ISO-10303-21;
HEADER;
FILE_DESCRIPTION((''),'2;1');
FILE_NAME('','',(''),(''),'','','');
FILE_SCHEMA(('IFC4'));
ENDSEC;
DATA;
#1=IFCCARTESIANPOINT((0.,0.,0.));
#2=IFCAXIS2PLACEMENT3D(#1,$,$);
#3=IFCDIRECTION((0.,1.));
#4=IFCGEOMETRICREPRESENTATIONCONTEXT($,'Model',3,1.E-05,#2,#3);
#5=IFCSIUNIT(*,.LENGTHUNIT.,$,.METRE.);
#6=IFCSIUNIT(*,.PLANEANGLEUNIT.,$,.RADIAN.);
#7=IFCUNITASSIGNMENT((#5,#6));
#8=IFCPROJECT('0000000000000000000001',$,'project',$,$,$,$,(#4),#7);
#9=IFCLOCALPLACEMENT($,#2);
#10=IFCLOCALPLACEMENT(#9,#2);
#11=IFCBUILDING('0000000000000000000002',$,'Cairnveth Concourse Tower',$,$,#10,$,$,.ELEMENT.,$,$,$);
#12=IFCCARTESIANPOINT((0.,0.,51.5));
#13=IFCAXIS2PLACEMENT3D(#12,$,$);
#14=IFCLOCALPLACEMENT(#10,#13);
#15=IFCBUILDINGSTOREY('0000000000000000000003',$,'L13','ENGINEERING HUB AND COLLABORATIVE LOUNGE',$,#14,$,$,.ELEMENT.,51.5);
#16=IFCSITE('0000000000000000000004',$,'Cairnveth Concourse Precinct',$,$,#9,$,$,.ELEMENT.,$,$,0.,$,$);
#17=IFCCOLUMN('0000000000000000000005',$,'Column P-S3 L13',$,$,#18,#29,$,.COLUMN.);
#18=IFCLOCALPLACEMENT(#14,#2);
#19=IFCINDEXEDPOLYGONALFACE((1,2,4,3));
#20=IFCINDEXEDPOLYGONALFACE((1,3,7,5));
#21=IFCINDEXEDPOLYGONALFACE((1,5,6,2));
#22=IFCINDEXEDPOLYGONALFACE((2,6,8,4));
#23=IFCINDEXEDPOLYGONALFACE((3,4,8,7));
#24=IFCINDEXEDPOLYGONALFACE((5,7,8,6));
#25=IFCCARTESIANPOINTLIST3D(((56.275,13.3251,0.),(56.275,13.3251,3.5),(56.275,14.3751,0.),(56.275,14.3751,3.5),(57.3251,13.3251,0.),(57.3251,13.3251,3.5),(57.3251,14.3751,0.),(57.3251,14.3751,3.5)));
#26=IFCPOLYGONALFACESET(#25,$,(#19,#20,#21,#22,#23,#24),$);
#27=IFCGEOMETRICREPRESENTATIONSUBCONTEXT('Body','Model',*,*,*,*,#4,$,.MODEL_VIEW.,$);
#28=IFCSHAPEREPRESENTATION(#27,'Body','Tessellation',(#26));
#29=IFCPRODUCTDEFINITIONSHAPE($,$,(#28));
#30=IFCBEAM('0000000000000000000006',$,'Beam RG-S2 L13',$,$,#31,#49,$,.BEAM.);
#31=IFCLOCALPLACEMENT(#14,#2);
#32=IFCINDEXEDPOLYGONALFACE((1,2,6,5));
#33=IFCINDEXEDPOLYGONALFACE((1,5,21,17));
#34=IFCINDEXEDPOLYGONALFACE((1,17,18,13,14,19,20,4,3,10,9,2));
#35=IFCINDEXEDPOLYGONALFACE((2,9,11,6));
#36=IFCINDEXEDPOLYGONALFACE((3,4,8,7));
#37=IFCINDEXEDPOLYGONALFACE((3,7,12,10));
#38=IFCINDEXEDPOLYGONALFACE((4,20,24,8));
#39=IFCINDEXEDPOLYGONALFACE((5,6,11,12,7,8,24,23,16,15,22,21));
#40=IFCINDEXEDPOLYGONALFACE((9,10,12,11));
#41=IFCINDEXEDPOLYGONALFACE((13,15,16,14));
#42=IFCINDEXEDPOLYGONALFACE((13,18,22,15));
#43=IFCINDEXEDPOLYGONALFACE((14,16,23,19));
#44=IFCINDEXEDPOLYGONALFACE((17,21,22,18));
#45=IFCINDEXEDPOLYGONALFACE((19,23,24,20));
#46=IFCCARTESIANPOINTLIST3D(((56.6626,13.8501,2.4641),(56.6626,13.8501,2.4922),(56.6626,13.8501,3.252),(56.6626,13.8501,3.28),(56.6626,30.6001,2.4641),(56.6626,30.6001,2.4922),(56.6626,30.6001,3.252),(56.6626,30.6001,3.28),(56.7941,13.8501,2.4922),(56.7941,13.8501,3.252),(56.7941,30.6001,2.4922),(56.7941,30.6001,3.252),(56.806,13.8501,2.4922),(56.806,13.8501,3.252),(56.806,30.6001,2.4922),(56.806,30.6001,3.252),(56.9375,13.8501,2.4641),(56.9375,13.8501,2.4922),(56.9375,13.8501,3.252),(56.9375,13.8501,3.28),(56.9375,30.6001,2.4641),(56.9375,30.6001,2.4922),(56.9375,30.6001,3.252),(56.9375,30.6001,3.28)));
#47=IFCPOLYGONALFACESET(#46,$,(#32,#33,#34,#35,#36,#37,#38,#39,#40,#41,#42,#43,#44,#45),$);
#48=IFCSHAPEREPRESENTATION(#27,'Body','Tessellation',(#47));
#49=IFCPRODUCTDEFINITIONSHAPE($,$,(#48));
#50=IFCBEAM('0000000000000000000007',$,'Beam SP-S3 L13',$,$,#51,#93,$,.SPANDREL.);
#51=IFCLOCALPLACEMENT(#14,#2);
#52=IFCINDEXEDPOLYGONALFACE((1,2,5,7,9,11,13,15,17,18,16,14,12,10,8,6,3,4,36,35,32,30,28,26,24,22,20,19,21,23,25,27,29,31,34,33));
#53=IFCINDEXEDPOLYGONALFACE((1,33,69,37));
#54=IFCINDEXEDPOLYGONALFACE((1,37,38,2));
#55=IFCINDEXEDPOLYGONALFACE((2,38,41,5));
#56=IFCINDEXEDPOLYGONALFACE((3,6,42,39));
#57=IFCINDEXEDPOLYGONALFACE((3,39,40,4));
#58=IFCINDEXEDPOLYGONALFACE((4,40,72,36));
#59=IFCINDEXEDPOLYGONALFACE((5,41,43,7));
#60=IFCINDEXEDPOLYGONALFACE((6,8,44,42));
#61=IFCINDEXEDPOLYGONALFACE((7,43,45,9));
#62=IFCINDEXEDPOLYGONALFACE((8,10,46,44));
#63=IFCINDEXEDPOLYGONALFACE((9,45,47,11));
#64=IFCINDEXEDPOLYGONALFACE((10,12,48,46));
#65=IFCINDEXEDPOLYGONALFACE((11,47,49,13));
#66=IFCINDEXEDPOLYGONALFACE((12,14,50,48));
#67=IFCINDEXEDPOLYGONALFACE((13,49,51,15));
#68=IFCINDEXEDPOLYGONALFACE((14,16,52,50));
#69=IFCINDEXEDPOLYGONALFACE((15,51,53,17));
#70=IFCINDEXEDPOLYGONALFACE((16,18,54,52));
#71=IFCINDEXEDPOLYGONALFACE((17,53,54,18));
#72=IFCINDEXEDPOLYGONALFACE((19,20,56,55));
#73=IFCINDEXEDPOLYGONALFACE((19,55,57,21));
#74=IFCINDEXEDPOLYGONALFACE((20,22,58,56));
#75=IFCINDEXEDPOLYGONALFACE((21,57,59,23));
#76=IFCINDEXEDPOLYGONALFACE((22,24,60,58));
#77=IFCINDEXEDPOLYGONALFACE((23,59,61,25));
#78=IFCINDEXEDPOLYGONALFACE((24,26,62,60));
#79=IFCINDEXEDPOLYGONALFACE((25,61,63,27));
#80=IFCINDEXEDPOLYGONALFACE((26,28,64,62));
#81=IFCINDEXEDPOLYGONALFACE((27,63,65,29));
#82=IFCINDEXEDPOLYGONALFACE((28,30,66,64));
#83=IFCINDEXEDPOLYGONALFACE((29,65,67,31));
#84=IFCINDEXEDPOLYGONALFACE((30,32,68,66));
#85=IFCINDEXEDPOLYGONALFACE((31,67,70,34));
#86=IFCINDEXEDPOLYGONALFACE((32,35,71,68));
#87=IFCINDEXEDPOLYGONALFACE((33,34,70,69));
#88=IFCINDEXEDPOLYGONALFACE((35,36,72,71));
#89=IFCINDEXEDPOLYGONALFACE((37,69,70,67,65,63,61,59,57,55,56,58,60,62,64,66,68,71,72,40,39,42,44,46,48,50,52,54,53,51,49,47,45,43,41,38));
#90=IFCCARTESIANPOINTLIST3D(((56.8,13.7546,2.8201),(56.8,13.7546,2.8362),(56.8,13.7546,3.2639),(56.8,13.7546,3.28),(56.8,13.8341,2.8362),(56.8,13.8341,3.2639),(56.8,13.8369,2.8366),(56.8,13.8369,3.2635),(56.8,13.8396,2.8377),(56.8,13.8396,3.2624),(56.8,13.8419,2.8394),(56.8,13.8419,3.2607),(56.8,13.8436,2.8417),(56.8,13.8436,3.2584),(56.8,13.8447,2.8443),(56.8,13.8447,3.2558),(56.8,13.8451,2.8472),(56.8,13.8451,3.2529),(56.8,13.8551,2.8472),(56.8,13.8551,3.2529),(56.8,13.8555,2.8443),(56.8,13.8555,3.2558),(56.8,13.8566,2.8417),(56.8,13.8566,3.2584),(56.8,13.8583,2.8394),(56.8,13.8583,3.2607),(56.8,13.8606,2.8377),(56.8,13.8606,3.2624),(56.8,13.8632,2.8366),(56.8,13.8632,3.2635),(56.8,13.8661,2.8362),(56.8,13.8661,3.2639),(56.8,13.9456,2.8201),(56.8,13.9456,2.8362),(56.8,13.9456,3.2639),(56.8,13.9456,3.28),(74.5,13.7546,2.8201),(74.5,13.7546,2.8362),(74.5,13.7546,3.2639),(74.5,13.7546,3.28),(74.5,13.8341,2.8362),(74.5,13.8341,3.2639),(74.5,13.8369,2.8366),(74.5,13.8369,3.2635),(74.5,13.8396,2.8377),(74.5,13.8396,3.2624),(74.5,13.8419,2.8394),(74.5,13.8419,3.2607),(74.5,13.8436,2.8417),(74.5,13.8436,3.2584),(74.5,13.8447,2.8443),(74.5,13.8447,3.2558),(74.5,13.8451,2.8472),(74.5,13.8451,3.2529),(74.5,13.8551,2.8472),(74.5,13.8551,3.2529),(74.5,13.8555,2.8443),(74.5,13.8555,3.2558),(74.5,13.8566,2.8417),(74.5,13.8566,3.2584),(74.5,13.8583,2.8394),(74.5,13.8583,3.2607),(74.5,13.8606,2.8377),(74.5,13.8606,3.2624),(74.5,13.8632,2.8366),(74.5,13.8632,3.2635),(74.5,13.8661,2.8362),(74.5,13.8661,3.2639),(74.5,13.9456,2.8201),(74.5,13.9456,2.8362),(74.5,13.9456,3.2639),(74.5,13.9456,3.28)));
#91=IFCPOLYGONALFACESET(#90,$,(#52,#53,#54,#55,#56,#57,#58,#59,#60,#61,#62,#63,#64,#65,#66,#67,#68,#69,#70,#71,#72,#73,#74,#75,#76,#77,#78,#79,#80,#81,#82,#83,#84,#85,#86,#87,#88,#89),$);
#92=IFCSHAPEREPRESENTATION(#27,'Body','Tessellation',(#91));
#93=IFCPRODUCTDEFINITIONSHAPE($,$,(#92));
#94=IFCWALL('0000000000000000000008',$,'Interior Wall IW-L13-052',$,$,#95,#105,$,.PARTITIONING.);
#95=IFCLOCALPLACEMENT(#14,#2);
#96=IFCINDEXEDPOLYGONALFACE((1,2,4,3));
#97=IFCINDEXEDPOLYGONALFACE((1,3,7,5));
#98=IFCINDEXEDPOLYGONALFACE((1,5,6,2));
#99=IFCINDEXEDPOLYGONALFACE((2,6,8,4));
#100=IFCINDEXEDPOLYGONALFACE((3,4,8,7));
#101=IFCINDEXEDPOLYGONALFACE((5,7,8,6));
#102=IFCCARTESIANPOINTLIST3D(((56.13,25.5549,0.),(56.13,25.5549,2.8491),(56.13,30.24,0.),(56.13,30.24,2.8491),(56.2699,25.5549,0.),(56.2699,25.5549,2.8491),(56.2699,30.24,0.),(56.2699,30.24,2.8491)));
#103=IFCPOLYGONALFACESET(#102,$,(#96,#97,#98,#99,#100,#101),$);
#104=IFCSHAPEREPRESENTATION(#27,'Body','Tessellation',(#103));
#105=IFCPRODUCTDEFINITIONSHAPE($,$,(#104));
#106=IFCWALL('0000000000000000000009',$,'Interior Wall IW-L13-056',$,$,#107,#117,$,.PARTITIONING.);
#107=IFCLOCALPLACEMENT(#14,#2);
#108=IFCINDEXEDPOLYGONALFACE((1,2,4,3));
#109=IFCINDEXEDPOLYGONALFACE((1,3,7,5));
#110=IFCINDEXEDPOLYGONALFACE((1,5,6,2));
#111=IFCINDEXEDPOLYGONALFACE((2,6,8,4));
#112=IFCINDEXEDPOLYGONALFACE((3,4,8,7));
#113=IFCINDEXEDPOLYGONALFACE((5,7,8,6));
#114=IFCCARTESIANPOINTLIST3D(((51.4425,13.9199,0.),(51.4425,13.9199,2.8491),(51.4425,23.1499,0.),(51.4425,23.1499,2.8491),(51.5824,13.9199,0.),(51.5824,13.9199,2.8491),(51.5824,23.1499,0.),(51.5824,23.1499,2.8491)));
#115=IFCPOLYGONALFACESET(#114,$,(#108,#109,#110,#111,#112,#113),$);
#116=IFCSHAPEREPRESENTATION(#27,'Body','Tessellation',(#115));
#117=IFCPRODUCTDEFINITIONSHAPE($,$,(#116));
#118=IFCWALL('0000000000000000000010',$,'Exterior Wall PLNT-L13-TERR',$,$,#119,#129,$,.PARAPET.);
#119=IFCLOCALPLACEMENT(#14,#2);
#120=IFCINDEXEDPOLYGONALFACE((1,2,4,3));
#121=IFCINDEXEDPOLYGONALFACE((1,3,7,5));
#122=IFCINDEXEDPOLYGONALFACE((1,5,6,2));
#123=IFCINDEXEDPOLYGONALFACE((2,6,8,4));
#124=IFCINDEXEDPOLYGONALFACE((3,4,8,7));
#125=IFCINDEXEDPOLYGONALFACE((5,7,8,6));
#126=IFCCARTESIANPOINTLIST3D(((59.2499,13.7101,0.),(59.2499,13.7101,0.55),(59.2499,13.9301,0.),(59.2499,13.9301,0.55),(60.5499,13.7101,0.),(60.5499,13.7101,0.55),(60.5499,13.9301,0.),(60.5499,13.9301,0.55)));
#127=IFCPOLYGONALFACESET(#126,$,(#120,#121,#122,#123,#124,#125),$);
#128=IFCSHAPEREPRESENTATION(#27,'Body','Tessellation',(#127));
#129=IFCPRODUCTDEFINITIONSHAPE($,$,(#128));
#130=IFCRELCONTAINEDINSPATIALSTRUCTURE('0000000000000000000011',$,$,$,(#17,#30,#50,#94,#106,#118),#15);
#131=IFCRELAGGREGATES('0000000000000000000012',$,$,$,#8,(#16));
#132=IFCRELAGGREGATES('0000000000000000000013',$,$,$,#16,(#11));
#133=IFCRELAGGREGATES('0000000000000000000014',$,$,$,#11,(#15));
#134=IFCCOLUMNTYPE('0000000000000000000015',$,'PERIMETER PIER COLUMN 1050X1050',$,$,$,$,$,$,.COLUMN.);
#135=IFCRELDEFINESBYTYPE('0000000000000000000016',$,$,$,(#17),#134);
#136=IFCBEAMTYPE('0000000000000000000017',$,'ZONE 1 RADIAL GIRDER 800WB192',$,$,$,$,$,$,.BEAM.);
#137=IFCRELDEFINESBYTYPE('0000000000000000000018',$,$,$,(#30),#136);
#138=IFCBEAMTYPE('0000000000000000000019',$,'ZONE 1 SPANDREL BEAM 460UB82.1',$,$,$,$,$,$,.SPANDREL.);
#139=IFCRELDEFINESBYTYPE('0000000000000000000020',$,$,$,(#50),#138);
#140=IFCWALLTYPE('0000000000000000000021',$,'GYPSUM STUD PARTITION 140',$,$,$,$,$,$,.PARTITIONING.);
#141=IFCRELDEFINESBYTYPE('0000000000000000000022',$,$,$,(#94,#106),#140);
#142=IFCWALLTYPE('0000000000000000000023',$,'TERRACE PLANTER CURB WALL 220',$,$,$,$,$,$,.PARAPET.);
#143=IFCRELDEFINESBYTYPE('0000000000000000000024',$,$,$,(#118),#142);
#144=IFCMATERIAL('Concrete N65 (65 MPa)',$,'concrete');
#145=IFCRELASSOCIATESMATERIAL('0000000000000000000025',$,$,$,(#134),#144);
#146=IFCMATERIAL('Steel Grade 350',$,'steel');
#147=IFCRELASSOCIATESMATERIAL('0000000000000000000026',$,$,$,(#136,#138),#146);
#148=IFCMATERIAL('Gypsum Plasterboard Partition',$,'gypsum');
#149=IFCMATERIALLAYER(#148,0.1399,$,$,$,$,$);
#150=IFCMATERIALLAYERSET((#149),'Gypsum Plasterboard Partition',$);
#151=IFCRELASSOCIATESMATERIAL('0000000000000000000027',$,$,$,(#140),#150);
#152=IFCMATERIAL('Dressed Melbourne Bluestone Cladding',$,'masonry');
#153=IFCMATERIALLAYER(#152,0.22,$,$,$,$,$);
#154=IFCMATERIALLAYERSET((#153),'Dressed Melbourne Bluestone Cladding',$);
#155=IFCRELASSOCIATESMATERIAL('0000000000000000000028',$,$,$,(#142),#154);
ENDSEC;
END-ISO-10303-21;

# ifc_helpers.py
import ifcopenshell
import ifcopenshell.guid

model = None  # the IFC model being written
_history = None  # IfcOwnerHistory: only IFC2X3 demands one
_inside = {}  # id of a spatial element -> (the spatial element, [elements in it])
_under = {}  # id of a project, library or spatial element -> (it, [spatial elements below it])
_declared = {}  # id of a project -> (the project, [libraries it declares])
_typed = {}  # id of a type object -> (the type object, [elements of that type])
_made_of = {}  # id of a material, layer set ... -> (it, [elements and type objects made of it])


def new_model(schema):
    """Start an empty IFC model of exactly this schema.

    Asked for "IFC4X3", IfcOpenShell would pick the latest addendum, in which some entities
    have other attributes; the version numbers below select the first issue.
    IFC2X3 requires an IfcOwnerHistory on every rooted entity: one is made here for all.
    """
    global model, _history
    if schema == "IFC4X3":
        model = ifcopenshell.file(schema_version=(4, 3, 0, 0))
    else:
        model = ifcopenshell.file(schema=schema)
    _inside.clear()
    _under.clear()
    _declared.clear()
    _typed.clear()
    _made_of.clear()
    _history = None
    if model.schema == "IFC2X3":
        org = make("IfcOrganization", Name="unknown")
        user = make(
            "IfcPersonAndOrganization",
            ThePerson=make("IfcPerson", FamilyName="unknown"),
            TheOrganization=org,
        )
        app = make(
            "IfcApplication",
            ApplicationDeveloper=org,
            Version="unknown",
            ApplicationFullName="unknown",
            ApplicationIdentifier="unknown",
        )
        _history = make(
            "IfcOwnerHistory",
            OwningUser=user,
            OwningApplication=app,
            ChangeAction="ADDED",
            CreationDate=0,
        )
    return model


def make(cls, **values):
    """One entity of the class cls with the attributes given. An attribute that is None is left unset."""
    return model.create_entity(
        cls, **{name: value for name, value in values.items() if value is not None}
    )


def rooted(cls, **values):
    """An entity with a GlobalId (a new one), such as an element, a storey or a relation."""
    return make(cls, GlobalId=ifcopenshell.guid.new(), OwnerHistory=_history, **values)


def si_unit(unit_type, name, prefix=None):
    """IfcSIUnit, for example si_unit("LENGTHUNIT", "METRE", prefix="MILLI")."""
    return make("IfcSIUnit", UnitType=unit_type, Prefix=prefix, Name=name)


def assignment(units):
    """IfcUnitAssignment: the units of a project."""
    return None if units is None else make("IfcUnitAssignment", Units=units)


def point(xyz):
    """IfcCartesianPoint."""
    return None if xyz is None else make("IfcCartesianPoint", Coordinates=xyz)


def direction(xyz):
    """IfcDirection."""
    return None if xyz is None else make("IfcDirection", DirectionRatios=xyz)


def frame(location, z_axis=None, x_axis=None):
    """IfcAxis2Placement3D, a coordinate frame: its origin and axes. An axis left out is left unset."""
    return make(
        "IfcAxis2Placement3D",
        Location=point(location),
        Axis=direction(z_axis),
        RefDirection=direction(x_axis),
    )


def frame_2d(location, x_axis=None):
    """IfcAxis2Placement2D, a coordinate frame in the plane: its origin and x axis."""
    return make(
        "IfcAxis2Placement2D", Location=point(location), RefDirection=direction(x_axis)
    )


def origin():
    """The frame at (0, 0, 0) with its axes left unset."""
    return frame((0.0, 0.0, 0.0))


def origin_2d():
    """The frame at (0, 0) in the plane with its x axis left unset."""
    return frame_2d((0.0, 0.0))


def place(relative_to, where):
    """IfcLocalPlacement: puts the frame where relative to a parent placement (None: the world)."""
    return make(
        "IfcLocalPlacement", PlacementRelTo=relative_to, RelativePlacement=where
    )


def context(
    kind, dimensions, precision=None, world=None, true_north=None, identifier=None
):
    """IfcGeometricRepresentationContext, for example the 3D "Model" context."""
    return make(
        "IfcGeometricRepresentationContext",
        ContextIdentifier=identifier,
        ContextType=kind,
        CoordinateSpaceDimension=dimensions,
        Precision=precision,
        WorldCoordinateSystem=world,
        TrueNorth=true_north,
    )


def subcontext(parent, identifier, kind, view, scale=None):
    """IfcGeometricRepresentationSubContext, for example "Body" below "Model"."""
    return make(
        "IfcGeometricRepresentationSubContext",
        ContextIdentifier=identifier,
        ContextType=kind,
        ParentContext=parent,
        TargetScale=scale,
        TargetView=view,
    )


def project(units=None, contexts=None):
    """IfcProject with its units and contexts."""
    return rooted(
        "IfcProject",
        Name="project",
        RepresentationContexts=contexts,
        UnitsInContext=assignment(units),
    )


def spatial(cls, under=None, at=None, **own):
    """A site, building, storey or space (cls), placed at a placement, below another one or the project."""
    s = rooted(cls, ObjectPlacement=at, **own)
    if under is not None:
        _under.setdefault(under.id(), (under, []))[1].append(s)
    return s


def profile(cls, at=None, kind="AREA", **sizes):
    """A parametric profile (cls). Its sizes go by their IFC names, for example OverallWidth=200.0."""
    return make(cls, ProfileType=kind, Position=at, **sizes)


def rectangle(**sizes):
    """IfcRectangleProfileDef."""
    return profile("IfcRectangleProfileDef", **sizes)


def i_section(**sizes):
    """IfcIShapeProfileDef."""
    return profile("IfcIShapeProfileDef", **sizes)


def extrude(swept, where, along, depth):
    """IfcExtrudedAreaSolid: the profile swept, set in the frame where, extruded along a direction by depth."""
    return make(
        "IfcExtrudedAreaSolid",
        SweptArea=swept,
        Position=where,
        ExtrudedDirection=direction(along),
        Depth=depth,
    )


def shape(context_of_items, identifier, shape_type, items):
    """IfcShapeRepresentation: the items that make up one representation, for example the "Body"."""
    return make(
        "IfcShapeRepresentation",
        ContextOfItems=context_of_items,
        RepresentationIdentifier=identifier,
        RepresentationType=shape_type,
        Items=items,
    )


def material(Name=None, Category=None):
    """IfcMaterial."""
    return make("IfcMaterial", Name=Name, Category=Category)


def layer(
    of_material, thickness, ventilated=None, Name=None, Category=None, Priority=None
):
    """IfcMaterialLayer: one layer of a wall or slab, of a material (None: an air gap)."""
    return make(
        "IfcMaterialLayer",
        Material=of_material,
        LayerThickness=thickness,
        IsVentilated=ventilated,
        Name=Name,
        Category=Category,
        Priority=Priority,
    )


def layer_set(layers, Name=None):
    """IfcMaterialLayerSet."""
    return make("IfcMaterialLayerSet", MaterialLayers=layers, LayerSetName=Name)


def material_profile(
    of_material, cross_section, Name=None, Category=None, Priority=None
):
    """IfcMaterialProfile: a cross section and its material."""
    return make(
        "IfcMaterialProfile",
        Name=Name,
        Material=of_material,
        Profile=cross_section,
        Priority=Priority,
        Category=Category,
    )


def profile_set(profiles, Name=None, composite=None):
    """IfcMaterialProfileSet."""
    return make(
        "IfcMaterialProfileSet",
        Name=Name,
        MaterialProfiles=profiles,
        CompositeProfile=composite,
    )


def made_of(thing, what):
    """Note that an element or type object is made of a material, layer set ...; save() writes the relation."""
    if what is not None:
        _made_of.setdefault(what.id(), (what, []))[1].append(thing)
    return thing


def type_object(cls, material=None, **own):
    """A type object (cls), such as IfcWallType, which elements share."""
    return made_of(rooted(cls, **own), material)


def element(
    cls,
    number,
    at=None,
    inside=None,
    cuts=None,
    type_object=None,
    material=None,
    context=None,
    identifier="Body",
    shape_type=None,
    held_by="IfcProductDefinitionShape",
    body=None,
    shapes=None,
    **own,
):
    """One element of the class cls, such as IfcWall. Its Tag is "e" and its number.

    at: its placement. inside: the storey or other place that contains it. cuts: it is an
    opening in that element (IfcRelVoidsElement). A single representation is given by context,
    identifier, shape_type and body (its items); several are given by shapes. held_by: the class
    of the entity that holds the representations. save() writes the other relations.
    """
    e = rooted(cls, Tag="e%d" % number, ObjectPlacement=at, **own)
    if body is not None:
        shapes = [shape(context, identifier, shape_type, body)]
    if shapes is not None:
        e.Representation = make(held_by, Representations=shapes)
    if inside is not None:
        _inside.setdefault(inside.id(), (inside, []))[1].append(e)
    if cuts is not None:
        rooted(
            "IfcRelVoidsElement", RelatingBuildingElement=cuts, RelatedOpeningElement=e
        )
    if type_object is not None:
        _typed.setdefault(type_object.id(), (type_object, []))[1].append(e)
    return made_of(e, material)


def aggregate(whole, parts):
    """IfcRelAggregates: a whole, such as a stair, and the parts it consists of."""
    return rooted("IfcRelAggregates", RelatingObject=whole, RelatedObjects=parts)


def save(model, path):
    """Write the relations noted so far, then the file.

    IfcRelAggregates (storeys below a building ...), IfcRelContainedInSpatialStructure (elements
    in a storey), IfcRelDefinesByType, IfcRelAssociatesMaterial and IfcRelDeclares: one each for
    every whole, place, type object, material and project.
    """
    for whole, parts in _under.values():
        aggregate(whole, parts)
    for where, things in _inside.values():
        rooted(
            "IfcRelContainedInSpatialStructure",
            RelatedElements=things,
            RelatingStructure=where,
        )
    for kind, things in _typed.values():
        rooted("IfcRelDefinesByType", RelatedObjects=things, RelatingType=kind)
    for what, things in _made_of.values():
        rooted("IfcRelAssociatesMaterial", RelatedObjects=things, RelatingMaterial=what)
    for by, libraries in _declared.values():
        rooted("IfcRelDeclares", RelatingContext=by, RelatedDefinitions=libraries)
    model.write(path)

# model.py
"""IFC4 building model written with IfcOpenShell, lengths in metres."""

from ifc_helpers import new_model, si_unit, direction, frame, frame_2d, origin, origin_2d, place, context, subcontext, project, spatial, rectangle, i_section, extrude, material, layer, layer_set, material_profile, profile_set, type_object, element, save


model = new_model("IFC4")

# Units and contexts
model_context = context("Model", 3, precision=1e-05, world=origin(), true_north=direction((0.0, 1.0)))
body_context = subcontext(model_context, "Body", "Model", "MODEL_VIEW")
ifc_project = project(units=[si_unit("LENGTHUNIT", "METRE"), si_unit("PLANEANGLEUNIT", "RADIAN")], contexts=[model_context])

# Site, building, storey
site_placement = place(None, origin())
site = spatial("IfcSite", under=ifc_project, at=site_placement, Name="Cairnveth Concourse Precinct", CompositionType="ELEMENT", RefElevation=0.0)
building_placement = place(site_placement, origin())
building = spatial("IfcBuilding", under=site, at=building_placement, Name="Cairnveth Concourse Tower", CompositionType="ELEMENT")
storey_placement = place(building_placement, frame((0.0, 0.0, 51.5)))
storey = spatial("IfcBuildingStorey", under=building, at=storey_placement, Name="L13", Description="ENGINEERING HUB AND COLLABORATIVE LOUNGE", CompositionType="ELEMENT", Elevation=51.5)

# Column
ifc_material_1 = material(Name="Concrete N65 (65 MPa)", Category="concrete")
ifc_material_profile_1 = material_profile(ifc_material_1, rectangle(XDim=1.05, YDim=1.05, at=origin_2d()), Name="RC-COL-1050x1050")
ifc_profile_set_1 = profile_set([ifc_material_profile_1], Name="Concrete N65 (65 MPa)")
column_type = type_object("IfcColumnType", Name="PERIMETER PIER COLUMN 1050X1050", PredefinedType="COLUMN", material=ifc_profile_set_1)
column_placement = place(storey_placement, frame((56.8, 13.8501, 0.0), z_axis=(0.0, 0.0, 1.0), x_axis=(1.0, 0.0, 0.0)))
element("IfcColumn", 1, at=column_placement, inside=storey, type_object=column_type, Name="Column P-S3 L13", PredefinedType="COLUMN", context=body_context, shape_type="SweptSolid", body=[
    extrude(rectangle(XDim=1.05, YDim=1.05, at=origin_2d()), origin(), (0.0, 0.0, 1.0), 3.5),
])

# Beams
ifc_material_2 = material(Name="Steel Grade 350", Category="steel")
ifc_material_profile_2 = material_profile(ifc_material_2, i_section(OverallWidth=0.2749, OverallDepth=0.8159, WebThickness=0.012, FlangeThickness=0.0281, at=origin_2d()), Name="800WB192")
ifc_profile_set_2 = profile_set([ifc_material_profile_2], Name="Steel Grade 350")
beam_type_1 = type_object("IfcBeamType", Name="ZONE 1 RADIAL GIRDER 800WB192", PredefinedType="BEAM", material=ifc_profile_set_2)
beam_1_placement = place(storey_placement, frame((56.8, 13.8501, 2.8721), z_axis=(0.0, 1.0, 0.0), x_axis=(-1.0, 0.0, 0.0)))
element("IfcBeam", 2, at=beam_1_placement, inside=storey, type_object=beam_type_1, Name="Beam RG-S2 L13", PredefinedType="BEAM", context=body_context, shape_type="SweptSolid", body=[
    extrude(i_section(OverallWidth=0.2749, OverallDepth=0.8159, WebThickness=0.012, FlangeThickness=0.0281, at=origin_2d()), origin(), (0.0, 0.0, 1.0), 16.75),
])
ifc_material_profile_3 = material_profile(ifc_material_2, i_section(OverallWidth=0.1909, OverallDepth=0.46, WebThickness=0.01, FlangeThickness=0.0161, FilletRadius=0.011, at=origin_2d()), Name="460UB82.1")
ifc_profile_set_3 = profile_set([ifc_material_profile_3], Name="Steel Grade 350")
beam_type_2 = type_object("IfcBeamType", Name="ZONE 1 SPANDREL BEAM 460UB82.1", PredefinedType="SPANDREL", material=ifc_profile_set_3)
beam_2_placement = place(storey_placement, frame((56.8, 13.8501, 3.05), z_axis=(1.0, 0.0, 0.0), x_axis=(0.0, 1.0, 0.0)))
element("IfcBeam", 3, at=beam_2_placement, inside=storey, type_object=beam_type_2, Name="Beam SP-S3 L13", PredefinedType="SPANDREL", context=body_context, shape_type="SweptSolid", body=[
    extrude(i_section(OverallWidth=0.1909, OverallDepth=0.46, WebThickness=0.01, FlangeThickness=0.0161, FilletRadius=0.011, at=origin_2d()), origin(), (0.0, 0.0, 1.0), 17.7),
])

# Walls
ifc_material_3 = material(Name="Gypsum Plasterboard Partition", Category="gypsum")
ifc_layer_1 = layer(ifc_material_3, 0.1399)
ifc_layer_set_1 = layer_set([ifc_layer_1], Name="Gypsum Plasterboard Partition")
wall_type_1 = type_object("IfcWallType", Name="GYPSUM STUD PARTITION 140", PredefinedType="PARTITIONING", material=ifc_layer_set_1)
wall_1_placement = place(storey_placement, frame((56.2, 25.5549, 0.0), z_axis=(0.0, 0.0, 1.0), x_axis=(0.0, 1.0, 0.0)))
element("IfcWall", 4, at=wall_1_placement, inside=storey, type_object=wall_type_1, Name="Interior Wall IW-L13-052", PredefinedType="PARTITIONING", context=body_context, shape_type="SweptSolid", body=[
    extrude(rectangle(XDim=4.6851, YDim=0.1399, at=frame_2d((2.3425, 0.0))), origin(), (0.0, 0.0, 1.0), 2.8491),
])
wall_2_placement = place(storey_placement, frame((51.5125, 13.9199, 0.0), z_axis=(0.0, 0.0, 1.0), x_axis=(0.0, 1.0, 0.0)))
element("IfcWall", 5, at=wall_2_placement, inside=storey, type_object=wall_type_1, Name="Interior Wall IW-L13-056", PredefinedType="PARTITIONING", context=body_context, shape_type="SweptSolid", body=[
    extrude(rectangle(XDim=9.23, YDim=0.1399, at=frame_2d((4.615, 0.0))), origin(), (0.0, 0.0, 1.0), 2.8491),
])
ifc_material_4 = material(Name="Dressed Melbourne Bluestone Cladding", Category="masonry")
ifc_layer_2 = layer(ifc_material_4, 0.22)
ifc_layer_set_2 = layer_set([ifc_layer_2], Name="Dressed Melbourne Bluestone Cladding")
wall_type_2 = type_object("IfcWallType", Name="TERRACE PLANTER CURB WALL 220", PredefinedType="PARAPET", material=ifc_layer_set_2)
wall_3_placement = place(storey_placement, frame((59.25, 13.8201, 0.0), z_axis=(0.0, 0.0, 1.0), x_axis=(1.0, 0.0, 0.0)))
element("IfcWall", 6, at=wall_3_placement, inside=storey, type_object=wall_type_2, Name="Exterior Wall PLNT-L13-TERR", PredefinedType="PARAPET", context=body_context, shape_type="SweptSolid", body=[
    extrude(rectangle(XDim=1.3, YDim=0.22, at=frame_2d((0.6499, 0.0))), origin(), (0.0, 0.0, 1.0), 0.55),
])

save(model, "model.ifc")
